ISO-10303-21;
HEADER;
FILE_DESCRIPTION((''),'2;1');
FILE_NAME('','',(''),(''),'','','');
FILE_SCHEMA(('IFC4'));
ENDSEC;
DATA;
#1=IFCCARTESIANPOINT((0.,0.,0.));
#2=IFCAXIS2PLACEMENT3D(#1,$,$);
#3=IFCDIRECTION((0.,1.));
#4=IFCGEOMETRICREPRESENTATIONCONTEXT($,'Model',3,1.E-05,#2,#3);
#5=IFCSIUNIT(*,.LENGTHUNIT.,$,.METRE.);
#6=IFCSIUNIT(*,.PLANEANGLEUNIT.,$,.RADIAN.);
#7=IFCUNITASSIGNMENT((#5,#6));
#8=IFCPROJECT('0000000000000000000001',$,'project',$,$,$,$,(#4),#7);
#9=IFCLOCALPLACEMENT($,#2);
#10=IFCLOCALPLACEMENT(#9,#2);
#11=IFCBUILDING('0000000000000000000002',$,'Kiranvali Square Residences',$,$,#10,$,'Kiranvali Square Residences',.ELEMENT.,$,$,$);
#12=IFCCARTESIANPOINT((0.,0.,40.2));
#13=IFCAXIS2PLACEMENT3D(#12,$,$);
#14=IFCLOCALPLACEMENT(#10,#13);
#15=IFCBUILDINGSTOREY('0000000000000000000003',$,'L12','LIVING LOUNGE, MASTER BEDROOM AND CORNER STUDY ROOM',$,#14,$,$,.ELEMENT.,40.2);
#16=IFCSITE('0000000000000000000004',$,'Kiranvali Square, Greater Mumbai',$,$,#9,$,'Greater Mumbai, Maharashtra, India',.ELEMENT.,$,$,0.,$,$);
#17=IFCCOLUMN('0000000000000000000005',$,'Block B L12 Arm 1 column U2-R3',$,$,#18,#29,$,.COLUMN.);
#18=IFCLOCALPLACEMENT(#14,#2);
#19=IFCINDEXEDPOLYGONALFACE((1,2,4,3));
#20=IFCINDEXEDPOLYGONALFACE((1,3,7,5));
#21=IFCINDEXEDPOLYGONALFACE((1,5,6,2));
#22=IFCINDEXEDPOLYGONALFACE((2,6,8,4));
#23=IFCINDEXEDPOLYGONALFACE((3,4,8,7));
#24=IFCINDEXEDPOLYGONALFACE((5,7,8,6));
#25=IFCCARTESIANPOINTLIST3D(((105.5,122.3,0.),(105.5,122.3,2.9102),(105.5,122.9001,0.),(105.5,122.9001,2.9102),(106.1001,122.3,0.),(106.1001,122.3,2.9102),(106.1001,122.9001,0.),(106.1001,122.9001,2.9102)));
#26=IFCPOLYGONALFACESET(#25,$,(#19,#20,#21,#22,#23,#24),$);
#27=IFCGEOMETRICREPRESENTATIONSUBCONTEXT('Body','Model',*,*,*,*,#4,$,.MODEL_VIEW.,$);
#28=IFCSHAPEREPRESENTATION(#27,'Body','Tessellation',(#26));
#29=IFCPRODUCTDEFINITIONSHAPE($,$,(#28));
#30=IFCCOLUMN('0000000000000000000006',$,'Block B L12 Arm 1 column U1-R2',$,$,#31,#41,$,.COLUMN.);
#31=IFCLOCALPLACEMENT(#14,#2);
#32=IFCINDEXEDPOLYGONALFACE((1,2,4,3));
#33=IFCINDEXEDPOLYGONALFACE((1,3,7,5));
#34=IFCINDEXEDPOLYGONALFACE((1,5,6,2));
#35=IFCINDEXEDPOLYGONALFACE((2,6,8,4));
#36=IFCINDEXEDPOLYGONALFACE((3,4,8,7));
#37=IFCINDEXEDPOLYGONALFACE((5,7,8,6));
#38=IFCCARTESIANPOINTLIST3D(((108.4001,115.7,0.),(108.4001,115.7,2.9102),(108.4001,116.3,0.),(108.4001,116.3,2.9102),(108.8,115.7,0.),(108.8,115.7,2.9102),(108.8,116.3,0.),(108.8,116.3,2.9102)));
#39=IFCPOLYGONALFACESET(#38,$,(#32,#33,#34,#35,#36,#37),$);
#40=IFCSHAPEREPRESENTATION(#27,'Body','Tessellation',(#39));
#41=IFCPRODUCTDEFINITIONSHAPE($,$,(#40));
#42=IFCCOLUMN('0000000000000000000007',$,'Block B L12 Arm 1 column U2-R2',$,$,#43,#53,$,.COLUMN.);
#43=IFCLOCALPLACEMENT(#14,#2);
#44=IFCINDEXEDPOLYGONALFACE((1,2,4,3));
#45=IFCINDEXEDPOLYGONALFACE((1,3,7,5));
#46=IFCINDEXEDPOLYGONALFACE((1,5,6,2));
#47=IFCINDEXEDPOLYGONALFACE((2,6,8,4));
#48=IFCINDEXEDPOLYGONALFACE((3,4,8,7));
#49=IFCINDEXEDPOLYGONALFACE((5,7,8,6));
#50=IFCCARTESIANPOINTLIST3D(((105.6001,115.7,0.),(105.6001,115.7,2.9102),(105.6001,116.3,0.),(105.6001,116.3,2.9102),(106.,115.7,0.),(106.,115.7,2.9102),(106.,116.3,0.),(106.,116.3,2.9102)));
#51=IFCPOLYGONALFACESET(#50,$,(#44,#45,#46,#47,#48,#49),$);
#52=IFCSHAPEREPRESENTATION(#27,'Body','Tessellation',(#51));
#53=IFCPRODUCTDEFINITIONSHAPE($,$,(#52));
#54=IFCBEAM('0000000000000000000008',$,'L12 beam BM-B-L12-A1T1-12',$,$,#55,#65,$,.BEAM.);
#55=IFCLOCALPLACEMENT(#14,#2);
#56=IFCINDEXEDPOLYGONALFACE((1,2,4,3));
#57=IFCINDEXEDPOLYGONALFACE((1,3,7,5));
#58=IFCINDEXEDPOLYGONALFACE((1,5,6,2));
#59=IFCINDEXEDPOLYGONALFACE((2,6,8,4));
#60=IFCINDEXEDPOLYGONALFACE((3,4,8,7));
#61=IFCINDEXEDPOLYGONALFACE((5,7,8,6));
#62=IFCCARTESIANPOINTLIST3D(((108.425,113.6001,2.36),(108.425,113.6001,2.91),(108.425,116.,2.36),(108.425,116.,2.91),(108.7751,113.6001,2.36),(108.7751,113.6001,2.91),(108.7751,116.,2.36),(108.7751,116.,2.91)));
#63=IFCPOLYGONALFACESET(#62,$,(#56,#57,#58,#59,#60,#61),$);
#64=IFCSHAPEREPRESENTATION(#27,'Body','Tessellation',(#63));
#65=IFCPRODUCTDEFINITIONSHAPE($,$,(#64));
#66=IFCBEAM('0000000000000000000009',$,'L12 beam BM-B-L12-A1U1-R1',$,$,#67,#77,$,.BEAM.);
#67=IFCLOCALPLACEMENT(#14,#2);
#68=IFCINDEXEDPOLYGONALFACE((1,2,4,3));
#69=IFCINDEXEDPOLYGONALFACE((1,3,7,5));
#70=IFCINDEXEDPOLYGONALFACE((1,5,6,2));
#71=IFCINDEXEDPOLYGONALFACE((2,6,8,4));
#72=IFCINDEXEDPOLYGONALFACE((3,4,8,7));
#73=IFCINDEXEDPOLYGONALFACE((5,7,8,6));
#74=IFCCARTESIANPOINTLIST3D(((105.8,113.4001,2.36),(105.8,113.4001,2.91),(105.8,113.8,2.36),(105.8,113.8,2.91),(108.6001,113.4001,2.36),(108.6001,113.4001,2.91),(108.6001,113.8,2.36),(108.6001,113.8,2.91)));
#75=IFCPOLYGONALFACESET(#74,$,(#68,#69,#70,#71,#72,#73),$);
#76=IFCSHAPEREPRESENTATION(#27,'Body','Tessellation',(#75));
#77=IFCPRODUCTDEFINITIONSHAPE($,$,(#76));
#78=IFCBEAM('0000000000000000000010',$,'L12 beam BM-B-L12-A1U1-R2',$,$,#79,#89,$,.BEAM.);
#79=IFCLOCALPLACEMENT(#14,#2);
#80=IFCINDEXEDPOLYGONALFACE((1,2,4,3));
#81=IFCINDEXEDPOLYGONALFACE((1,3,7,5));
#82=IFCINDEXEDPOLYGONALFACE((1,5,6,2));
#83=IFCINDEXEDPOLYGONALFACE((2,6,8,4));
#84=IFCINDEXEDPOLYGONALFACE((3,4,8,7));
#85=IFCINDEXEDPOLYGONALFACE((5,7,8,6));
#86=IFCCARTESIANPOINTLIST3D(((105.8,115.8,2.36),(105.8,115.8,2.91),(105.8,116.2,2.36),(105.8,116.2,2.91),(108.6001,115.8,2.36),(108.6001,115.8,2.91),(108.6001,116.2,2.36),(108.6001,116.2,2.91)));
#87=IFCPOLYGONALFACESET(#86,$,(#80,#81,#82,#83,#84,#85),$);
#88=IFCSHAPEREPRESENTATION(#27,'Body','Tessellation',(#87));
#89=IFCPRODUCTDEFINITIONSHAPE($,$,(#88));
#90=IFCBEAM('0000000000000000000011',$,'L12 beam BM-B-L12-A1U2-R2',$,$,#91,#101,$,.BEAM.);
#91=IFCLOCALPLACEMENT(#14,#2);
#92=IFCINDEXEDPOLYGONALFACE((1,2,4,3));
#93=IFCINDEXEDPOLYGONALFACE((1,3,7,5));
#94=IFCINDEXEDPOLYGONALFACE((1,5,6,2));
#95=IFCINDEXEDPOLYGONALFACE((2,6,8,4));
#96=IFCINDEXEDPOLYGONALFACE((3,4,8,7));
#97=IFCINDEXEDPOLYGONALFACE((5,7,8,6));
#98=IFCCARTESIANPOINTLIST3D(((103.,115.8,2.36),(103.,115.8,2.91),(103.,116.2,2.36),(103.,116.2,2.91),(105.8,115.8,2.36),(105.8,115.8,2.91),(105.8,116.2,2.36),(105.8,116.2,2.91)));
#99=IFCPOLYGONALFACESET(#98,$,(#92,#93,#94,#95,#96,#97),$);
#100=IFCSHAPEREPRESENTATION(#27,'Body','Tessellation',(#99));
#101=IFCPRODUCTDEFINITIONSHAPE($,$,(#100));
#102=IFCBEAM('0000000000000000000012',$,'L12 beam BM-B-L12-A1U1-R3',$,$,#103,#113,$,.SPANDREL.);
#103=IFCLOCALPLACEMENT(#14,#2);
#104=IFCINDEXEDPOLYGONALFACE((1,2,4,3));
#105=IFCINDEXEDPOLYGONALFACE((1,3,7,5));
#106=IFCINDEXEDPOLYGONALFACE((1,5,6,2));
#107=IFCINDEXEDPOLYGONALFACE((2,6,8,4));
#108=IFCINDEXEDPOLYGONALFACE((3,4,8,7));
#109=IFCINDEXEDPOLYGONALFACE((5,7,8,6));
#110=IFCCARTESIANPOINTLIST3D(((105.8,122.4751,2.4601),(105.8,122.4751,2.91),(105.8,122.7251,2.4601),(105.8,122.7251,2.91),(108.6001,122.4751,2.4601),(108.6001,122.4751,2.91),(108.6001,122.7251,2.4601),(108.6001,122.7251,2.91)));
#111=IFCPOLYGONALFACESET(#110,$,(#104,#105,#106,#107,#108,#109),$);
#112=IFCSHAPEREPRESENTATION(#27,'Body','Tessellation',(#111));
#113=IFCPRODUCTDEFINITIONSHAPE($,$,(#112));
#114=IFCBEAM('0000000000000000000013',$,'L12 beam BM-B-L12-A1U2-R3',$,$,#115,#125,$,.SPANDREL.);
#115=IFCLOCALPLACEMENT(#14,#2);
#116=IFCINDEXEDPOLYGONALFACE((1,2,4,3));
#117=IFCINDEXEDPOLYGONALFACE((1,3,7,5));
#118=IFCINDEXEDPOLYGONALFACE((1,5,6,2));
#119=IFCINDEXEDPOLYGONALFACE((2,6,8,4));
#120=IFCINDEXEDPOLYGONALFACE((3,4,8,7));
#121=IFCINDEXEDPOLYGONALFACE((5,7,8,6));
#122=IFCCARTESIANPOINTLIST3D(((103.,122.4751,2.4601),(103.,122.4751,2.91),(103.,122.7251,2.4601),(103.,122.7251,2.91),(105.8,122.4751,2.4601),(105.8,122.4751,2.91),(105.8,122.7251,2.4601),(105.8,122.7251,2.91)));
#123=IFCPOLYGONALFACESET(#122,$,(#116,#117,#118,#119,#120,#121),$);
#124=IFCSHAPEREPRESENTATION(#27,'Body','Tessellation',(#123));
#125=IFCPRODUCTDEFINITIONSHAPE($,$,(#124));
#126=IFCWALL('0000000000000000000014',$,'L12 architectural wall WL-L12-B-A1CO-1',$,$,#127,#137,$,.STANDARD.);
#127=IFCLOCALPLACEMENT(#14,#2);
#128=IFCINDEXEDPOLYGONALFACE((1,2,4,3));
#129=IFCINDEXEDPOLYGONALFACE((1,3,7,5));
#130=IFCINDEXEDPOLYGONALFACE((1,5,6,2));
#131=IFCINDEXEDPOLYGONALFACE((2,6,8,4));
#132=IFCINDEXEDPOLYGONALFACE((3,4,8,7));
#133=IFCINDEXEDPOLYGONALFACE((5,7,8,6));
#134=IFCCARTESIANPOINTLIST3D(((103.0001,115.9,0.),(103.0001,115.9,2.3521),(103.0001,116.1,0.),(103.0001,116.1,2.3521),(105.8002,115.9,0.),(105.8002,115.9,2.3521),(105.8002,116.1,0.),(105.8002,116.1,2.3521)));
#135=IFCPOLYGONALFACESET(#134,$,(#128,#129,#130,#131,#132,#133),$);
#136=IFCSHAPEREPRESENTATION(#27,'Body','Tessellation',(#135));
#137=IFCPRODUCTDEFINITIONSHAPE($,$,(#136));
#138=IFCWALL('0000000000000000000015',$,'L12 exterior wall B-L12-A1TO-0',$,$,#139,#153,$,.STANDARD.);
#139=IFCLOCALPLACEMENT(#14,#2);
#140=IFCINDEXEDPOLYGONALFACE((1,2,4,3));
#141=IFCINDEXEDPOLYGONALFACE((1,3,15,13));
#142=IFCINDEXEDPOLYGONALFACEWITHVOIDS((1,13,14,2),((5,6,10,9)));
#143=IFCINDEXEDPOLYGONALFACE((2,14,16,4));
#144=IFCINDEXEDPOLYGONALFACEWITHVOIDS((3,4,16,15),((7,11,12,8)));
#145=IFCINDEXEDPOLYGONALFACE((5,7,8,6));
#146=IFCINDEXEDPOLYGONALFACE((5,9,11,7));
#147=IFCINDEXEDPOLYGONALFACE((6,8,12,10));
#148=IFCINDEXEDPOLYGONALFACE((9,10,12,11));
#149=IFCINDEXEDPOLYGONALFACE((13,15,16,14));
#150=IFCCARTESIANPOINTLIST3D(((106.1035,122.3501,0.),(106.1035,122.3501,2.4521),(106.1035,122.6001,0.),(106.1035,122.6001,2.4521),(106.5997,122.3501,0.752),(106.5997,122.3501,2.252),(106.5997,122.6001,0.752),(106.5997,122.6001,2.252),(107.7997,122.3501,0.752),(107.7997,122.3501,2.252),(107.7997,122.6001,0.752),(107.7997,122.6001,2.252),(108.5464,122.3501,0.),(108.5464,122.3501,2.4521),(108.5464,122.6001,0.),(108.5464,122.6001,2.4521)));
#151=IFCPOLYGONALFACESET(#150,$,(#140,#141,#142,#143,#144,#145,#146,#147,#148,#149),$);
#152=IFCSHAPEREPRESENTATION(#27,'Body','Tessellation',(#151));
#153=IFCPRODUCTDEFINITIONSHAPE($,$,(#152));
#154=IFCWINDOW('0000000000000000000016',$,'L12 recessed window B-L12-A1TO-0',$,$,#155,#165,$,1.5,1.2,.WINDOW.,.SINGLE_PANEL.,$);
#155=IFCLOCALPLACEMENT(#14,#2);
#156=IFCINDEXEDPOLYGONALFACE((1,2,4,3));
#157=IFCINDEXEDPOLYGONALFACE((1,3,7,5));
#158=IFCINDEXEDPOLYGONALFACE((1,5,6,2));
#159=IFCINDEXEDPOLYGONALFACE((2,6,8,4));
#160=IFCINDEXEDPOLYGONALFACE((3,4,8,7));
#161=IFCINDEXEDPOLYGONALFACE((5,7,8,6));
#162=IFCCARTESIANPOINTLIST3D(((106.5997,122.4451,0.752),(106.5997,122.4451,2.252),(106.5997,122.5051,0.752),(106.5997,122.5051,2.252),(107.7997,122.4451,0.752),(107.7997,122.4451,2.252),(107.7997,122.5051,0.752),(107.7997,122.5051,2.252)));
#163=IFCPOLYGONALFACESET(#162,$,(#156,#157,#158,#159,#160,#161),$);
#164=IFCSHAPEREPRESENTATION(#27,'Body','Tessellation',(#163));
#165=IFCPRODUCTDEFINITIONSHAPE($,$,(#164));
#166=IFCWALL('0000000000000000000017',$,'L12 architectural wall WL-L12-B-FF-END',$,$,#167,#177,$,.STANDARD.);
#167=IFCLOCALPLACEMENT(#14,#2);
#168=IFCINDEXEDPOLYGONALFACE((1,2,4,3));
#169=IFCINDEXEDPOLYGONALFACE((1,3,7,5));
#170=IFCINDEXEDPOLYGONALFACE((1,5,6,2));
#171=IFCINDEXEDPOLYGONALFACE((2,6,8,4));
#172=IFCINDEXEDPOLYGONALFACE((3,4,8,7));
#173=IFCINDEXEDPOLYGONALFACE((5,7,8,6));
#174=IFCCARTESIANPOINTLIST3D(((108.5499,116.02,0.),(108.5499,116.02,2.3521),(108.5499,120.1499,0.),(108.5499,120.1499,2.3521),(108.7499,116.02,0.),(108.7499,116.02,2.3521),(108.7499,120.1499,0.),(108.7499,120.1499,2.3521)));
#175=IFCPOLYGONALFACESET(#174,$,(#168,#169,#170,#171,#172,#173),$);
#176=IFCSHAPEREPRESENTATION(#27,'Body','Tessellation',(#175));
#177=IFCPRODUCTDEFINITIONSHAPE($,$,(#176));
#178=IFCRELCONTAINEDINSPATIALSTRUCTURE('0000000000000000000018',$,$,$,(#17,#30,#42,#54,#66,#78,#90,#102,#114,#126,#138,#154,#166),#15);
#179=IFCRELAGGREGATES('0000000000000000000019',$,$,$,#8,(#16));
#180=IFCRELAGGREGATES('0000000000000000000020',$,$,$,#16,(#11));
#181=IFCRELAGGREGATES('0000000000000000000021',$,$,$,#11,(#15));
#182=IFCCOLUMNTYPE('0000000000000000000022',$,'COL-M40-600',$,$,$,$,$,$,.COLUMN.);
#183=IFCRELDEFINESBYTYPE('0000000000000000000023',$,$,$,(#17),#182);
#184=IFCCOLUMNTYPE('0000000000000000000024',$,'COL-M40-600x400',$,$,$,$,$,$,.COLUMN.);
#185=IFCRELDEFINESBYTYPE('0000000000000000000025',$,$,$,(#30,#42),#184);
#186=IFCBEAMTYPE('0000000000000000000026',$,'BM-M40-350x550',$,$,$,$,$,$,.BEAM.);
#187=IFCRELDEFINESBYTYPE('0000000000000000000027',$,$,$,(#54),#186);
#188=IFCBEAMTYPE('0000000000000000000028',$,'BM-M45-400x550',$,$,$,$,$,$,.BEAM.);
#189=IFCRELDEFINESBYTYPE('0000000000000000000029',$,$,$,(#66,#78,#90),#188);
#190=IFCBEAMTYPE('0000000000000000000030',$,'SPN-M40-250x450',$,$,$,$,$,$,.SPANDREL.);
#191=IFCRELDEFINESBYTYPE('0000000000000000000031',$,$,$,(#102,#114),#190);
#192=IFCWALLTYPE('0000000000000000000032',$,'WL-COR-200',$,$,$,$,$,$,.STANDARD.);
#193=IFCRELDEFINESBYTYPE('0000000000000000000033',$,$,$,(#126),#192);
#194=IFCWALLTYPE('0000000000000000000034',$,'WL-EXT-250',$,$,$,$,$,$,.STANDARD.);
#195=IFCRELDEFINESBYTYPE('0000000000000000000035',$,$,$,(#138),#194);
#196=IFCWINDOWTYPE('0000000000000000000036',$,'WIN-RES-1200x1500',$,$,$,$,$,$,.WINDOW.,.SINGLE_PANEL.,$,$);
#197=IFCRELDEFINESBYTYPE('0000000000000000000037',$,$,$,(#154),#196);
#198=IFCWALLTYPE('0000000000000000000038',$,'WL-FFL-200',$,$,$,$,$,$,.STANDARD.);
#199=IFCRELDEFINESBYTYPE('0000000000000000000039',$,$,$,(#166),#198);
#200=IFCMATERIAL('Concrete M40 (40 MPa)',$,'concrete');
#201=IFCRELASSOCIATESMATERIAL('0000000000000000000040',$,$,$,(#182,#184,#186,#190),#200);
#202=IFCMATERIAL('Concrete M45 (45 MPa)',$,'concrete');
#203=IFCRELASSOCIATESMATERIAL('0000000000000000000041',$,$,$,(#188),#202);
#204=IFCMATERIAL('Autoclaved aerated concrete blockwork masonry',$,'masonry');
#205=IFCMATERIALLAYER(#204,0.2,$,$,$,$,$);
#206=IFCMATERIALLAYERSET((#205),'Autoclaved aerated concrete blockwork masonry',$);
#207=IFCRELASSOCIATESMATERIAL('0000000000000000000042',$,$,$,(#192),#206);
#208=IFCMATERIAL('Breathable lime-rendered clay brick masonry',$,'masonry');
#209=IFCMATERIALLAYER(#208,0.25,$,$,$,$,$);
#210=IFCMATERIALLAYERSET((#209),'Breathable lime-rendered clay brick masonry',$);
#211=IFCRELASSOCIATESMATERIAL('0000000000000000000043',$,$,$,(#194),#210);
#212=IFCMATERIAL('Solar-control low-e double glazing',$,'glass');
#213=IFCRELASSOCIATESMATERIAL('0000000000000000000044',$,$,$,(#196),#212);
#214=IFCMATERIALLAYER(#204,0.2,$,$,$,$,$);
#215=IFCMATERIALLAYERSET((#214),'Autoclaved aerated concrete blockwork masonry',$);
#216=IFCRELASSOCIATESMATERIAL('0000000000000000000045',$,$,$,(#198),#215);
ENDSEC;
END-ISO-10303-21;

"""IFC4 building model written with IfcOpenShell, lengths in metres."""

from ifc_helpers import new_model, si_unit, direction, frame, frame_2d, origin, origin_2d, place, context, subcontext, project, spatial, rectangle, extrude, material, layer, layer_set, material_profile, profile_set, type_object, element, fill, save


model = new_model("IFC4")

# Units and contexts
model_context = context("Model", 3, precision=1e-05, world=origin(), true_north=direction((0.0, 1.0)))
body_context = subcontext(model_context, "Body", "Model", "MODEL_VIEW")
ifc_project = project(units=[si_unit("LENGTHUNIT", "METRE"), si_unit("PLANEANGLEUNIT", "RADIAN")], contexts=[model_context])

# Site, building, storey
site_placement = place(None, origin())
site = spatial("IfcSite", under=ifc_project, at=site_placement, Name="Kiranvali Square, Greater Mumbai", LongName="Greater Mumbai, Maharashtra, India", CompositionType="ELEMENT", RefElevation=0.0)
building_placement = place(site_placement, origin())
building = spatial("IfcBuilding", under=site, at=building_placement, Name="Kiranvali Square Residences", LongName="Kiranvali Square Residences", CompositionType="ELEMENT")
storey_placement = place(building_placement, frame((0.0, 0.0, 40.2)))
storey = spatial("IfcBuildingStorey", under=building, at=storey_placement, Name="L12", Description="LIVING LOUNGE, MASTER BEDROOM AND CORNER STUDY ROOM", CompositionType="ELEMENT", Elevation=40.2)

# Columns
ifc_material_1 = material(Name="Concrete M40 (40 MPa)", Category="concrete")
ifc_material_profile_1 = material_profile(ifc_material_1, rectangle(XDim=0.6001, YDim=0.6001, at=origin_2d()), Name="RC 600x600")
ifc_profile_set_1 = profile_set([ifc_material_profile_1], Name="Concrete M40 (40 MPa)")
column_type_1 = type_object("IfcColumnType", Name="COL-M40-600", PredefinedType="COLUMN", material=ifc_profile_set_1)
column_placement = place(storey_placement, frame((105.8, 122.6001, 0.0), z_axis=(0.0, 0.0, 1.0), x_axis=(1.0, 0.0, 0.0)))
element("IfcColumn", 1, at=column_placement, inside=storey, type_object=column_type_1, Name="Block B L12 Arm 1 column U2-R3", PredefinedType="COLUMN", context=body_context, shape_type="SweptSolid", body=[
    extrude(rectangle(XDim=0.6001, YDim=0.6001, at=origin_2d()), origin(), (0.0, 0.0, 1.0), 2.9102),
])
ifc_material_profile_2 = material_profile(ifc_material_1, rectangle(XDim=0.3999, YDim=0.6001, at=origin_2d()), Name="RC 600x400")
ifc_profile_set_2 = profile_set([ifc_material_profile_2], Name="Concrete M40 (40 MPa)")
column_type_2 = type_object("IfcColumnType", Name="COL-M40-600x400", PredefinedType="COLUMN", material=ifc_profile_set_2)
for number, where, z_axis, x_axis, name in (
    (2, (108.6001, 116.0, 0.0), (0.0, 0.0, 1.0), (1.0, 0.0, 0.0), "Block B L12 Arm 1 column U1-R2"),
    (3, (105.8, 116.0, 0.0), (0.0, 0.0, 1.0), (1.0, 0.0, 0.0), "Block B L12 Arm 1 column U2-R2"),
):
    element("IfcColumn", number, at=place(storey_placement, frame(where, z_axis=z_axis, x_axis=x_axis)), inside=storey, type_object=column_type_2, Name=name, PredefinedType="COLUMN", context=body_context, shape_type="SweptSolid", body=[
        extrude(rectangle(XDim=0.3999, YDim=0.6001, at=origin_2d()), origin(), (0.0, 0.0, 1.0), 2.9102),
    ])

# Beams
ifc_material_profile_3 = material_profile(ifc_material_1, rectangle(XDim=0.3501, YDim=0.55, at=origin_2d()), Name="RC 350x550")
ifc_profile_set_3 = profile_set([ifc_material_profile_3], Name="Concrete M40 (40 MPa)")
beam_type_1 = type_object("IfcBeamType", Name="BM-M40-350x550", PredefinedType="BEAM", material=ifc_profile_set_3)
beam_placement = place(storey_placement, frame((108.6001, 113.6001, 2.635), z_axis=(0.0, 1.0, 0.0), x_axis=(-1.0, 0.0, 0.0)))
element("IfcBeam", 4, at=beam_placement, inside=storey, type_object=beam_type_1, Name="L12 beam BM-B-L12-A1T1-12", PredefinedType="BEAM", context=body_context, shape_type="SweptSolid", body=[
    extrude(rectangle(XDim=0.3501, YDim=0.55, at=origin_2d()), origin(), (0.0, 0.0, 1.0), 2.3999),
])
ifc_material_2 = material(Name="Concrete M45 (45 MPa)", Category="concrete")
ifc_material_profile_4 = material_profile(ifc_material_2, rectangle(XDim=0.3999, YDim=0.55, at=origin_2d()), Name="RC 400x550")
ifc_profile_set_4 = profile_set([ifc_material_profile_4], Name="Concrete M45 (45 MPa)")
beam_type_2 = type_object("IfcBeamType", Name="BM-M45-400x550", PredefinedType="BEAM", material=ifc_profile_set_4)
for number, where, z_axis, x_axis, name in (
    (5, (108.6001, 113.6001, 2.635), (-1.0, 0.0, 0.0), (0.0, -1.0, 0.0), "L12 beam BM-B-L12-A1U1-R1"),
    (6, (108.6001, 116.0, 2.635), (-1.0, 0.0, 0.0), (0.0, -1.0, 0.0), "L12 beam BM-B-L12-A1U1-R2"),
    (7, (105.8, 116.0, 2.635), (-1.0, 0.0, 0.0), (0.0, -1.0, 0.0), "L12 beam BM-B-L12-A1U2-R2"),
):
    element("IfcBeam", number, at=place(storey_placement, frame(where, z_axis=z_axis, x_axis=x_axis)), inside=storey, type_object=beam_type_2, Name=name, PredefinedType="BEAM", context=body_context, shape_type="SweptSolid", body=[
        extrude(rectangle(XDim=0.3999, YDim=0.55, at=origin_2d()), origin(), (0.0, 0.0, 1.0), 2.8),
    ])
ifc_material_profile_5 = material_profile(ifc_material_1, rectangle(XDim=0.25, YDim=0.45, at=origin_2d()), Name="RC 250x450")
ifc_profile_set_5 = profile_set([ifc_material_profile_5], Name="Concrete M40 (40 MPa)")
beam_type_3 = type_object("IfcBeamType", Name="SPN-M40-250x450", PredefinedType="SPANDREL", material=ifc_profile_set_5)
for number, where, z_axis, x_axis, name in (
    (8, (108.6001, 122.6001, 2.6851), (-1.0, 0.0, 0.0), (0.0, -1.0, 0.0), "L12 beam BM-B-L12-A1U1-R3"),
    (9, (105.8, 122.6001, 2.6851), (-1.0, 0.0, 0.0), (0.0, -1.0, 0.0), "L12 beam BM-B-L12-A1U2-R3"),
):
    element("IfcBeam", number, at=place(storey_placement, frame(where, z_axis=z_axis, x_axis=x_axis)), inside=storey, type_object=beam_type_3, Name=name, PredefinedType="SPANDREL", context=body_context, shape_type="SweptSolid", body=[
        extrude(rectangle(XDim=0.25, YDim=0.45, at=origin_2d()), origin(), (0.0, 0.0, 1.0), 2.8),
    ])

# Shared definitions
ifc_material_3 = material(Name="Autoclaved aerated concrete blockwork masonry", Category="masonry")
ifc_layer_1 = layer(ifc_material_3, 0.2)
ifc_layer_set_1 = layer_set([ifc_layer_1], Name="Autoclaved aerated concrete blockwork masonry")
wall_type_1 = type_object("IfcWallType", Name="WL-COR-200", PredefinedType="STANDARD", material=ifc_layer_set_1)

# Wall
wall_1_placement = place(storey_placement, frame((105.8, 116.0, 0.0), z_axis=(0.0, 0.0, 1.0), x_axis=(-1.0, 0.0, 0.0)))
element("IfcWall", 10, at=wall_1_placement, inside=storey, type_object=wall_type_1, Name="L12 architectural wall WL-L12-B-A1CO-1", PredefinedType="STANDARD", context=body_context, shape_type="SweptSolid", body=[
    extrude(rectangle(XDim=2.8, YDim=0.2, at=frame_2d((1.3999, 0.0))), origin(), (0.0, 0.0, 1.0), 2.3521),
])

# Wall, opening, window
ifc_material_4 = material(Name="Breathable lime-rendered clay brick masonry", Category="masonry")
ifc_layer_2 = layer(ifc_material_4, 0.25)
ifc_layer_set_2 = layer_set([ifc_layer_2], Name="Breathable lime-rendered clay brick masonry")
wall_type_2 = type_object("IfcWallType", Name="WL-EXT-250", PredefinedType="STANDARD", material=ifc_layer_set_2)
wall_2_placement = place(storey_placement, frame((108.5464, 122.4751, 0.0), z_axis=(0.0, 0.0, 1.0), x_axis=(-1.0, 0.0, 0.0)))
wall_2 = element("IfcWall", 11, at=wall_2_placement, inside=storey, type_object=wall_type_2, Name="L12 exterior wall B-L12-A1TO-0", PredefinedType="STANDARD", context=body_context, shape_type="SweptSolid", body=[
    extrude(rectangle(XDim=2.4429, YDim=0.25, at=frame_2d((1.2214, 0.0))), origin(), (0.0, 0.0, 1.0), 2.4521),
])
opening_1_placement = place(wall_2_placement, frame((0.7466, 0.0, 0.752)))
opening_1 = element("IfcOpeningElement", 12, at=opening_1_placement, cuts=wall_2, PredefinedType="OPENING", context=body_context, shape_type="SweptSolid", body=[
    extrude(rectangle(XDim=1.2, YDim=1.5, at=frame_2d((0.6001, 0.75))), frame((0.0, 0.135, 0.0), z_axis=(0.0, -1.0, 0.0), x_axis=(1.0, 0.0, 0.0)), (0.0, 0.0, 1.0), 0.27),
])
ifc_material_5 = material(Name="Solar-control low-e double glazing", Category="glass")
window_type = type_object("IfcWindowType", Name="WIN-RES-1200x1500", PartitioningType="SINGLE_PANEL", PredefinedType="WINDOW", material=ifc_material_5)
window_placement = place(opening_1_placement, origin())
window = element("IfcWindow", 13, at=window_placement, inside=storey, type_object=window_type, Name="L12 recessed window B-L12-A1TO-0", OverallHeight=1.5, OverallWidth=1.2, PartitioningType="SINGLE_PANEL", PredefinedType="WINDOW", context=body_context, shape_type="SweptSolid", body=[
    extrude(rectangle(XDim=1.2, YDim=1.5, at=frame_2d((0.6001, 0.75))), frame((0.0, 0.03, 0.0), z_axis=(0.0, -1.0, 0.0), x_axis=(1.0, 0.0, 0.0)), (0.0, 0.0, 1.0), 0.0601),
])
fill(opening_1, window)

# Wall
ifc_layer_3 = layer(ifc_material_3, 0.2)
ifc_layer_set_3 = layer_set([ifc_layer_3], Name="Autoclaved aerated concrete blockwork masonry")
wall_type_3 = type_object("IfcWallType", Name="WL-FFL-200", PredefinedType="STANDARD", material=ifc_layer_set_3)
wall_3_placement = place(storey_placement, frame((108.6499, 116.02, 0.0), z_axis=(0.0, 0.0, 1.0), x_axis=(0.0, 1.0, 0.0)))
element("IfcWall", 14, at=wall_3_placement, inside=storey, type_object=wall_type_3, Name="L12 architectural wall WL-L12-B-FF-END", PredefinedType="STANDARD", context=body_context, shape_type="SweptSolid", body=[
    extrude(rectangle(XDim=4.1299, YDim=0.2, at=frame_2d((2.0649, 0.0))), origin(), (0.0, 0.0, 1.0), 2.3521),
])

save(model, "model.ifc")
